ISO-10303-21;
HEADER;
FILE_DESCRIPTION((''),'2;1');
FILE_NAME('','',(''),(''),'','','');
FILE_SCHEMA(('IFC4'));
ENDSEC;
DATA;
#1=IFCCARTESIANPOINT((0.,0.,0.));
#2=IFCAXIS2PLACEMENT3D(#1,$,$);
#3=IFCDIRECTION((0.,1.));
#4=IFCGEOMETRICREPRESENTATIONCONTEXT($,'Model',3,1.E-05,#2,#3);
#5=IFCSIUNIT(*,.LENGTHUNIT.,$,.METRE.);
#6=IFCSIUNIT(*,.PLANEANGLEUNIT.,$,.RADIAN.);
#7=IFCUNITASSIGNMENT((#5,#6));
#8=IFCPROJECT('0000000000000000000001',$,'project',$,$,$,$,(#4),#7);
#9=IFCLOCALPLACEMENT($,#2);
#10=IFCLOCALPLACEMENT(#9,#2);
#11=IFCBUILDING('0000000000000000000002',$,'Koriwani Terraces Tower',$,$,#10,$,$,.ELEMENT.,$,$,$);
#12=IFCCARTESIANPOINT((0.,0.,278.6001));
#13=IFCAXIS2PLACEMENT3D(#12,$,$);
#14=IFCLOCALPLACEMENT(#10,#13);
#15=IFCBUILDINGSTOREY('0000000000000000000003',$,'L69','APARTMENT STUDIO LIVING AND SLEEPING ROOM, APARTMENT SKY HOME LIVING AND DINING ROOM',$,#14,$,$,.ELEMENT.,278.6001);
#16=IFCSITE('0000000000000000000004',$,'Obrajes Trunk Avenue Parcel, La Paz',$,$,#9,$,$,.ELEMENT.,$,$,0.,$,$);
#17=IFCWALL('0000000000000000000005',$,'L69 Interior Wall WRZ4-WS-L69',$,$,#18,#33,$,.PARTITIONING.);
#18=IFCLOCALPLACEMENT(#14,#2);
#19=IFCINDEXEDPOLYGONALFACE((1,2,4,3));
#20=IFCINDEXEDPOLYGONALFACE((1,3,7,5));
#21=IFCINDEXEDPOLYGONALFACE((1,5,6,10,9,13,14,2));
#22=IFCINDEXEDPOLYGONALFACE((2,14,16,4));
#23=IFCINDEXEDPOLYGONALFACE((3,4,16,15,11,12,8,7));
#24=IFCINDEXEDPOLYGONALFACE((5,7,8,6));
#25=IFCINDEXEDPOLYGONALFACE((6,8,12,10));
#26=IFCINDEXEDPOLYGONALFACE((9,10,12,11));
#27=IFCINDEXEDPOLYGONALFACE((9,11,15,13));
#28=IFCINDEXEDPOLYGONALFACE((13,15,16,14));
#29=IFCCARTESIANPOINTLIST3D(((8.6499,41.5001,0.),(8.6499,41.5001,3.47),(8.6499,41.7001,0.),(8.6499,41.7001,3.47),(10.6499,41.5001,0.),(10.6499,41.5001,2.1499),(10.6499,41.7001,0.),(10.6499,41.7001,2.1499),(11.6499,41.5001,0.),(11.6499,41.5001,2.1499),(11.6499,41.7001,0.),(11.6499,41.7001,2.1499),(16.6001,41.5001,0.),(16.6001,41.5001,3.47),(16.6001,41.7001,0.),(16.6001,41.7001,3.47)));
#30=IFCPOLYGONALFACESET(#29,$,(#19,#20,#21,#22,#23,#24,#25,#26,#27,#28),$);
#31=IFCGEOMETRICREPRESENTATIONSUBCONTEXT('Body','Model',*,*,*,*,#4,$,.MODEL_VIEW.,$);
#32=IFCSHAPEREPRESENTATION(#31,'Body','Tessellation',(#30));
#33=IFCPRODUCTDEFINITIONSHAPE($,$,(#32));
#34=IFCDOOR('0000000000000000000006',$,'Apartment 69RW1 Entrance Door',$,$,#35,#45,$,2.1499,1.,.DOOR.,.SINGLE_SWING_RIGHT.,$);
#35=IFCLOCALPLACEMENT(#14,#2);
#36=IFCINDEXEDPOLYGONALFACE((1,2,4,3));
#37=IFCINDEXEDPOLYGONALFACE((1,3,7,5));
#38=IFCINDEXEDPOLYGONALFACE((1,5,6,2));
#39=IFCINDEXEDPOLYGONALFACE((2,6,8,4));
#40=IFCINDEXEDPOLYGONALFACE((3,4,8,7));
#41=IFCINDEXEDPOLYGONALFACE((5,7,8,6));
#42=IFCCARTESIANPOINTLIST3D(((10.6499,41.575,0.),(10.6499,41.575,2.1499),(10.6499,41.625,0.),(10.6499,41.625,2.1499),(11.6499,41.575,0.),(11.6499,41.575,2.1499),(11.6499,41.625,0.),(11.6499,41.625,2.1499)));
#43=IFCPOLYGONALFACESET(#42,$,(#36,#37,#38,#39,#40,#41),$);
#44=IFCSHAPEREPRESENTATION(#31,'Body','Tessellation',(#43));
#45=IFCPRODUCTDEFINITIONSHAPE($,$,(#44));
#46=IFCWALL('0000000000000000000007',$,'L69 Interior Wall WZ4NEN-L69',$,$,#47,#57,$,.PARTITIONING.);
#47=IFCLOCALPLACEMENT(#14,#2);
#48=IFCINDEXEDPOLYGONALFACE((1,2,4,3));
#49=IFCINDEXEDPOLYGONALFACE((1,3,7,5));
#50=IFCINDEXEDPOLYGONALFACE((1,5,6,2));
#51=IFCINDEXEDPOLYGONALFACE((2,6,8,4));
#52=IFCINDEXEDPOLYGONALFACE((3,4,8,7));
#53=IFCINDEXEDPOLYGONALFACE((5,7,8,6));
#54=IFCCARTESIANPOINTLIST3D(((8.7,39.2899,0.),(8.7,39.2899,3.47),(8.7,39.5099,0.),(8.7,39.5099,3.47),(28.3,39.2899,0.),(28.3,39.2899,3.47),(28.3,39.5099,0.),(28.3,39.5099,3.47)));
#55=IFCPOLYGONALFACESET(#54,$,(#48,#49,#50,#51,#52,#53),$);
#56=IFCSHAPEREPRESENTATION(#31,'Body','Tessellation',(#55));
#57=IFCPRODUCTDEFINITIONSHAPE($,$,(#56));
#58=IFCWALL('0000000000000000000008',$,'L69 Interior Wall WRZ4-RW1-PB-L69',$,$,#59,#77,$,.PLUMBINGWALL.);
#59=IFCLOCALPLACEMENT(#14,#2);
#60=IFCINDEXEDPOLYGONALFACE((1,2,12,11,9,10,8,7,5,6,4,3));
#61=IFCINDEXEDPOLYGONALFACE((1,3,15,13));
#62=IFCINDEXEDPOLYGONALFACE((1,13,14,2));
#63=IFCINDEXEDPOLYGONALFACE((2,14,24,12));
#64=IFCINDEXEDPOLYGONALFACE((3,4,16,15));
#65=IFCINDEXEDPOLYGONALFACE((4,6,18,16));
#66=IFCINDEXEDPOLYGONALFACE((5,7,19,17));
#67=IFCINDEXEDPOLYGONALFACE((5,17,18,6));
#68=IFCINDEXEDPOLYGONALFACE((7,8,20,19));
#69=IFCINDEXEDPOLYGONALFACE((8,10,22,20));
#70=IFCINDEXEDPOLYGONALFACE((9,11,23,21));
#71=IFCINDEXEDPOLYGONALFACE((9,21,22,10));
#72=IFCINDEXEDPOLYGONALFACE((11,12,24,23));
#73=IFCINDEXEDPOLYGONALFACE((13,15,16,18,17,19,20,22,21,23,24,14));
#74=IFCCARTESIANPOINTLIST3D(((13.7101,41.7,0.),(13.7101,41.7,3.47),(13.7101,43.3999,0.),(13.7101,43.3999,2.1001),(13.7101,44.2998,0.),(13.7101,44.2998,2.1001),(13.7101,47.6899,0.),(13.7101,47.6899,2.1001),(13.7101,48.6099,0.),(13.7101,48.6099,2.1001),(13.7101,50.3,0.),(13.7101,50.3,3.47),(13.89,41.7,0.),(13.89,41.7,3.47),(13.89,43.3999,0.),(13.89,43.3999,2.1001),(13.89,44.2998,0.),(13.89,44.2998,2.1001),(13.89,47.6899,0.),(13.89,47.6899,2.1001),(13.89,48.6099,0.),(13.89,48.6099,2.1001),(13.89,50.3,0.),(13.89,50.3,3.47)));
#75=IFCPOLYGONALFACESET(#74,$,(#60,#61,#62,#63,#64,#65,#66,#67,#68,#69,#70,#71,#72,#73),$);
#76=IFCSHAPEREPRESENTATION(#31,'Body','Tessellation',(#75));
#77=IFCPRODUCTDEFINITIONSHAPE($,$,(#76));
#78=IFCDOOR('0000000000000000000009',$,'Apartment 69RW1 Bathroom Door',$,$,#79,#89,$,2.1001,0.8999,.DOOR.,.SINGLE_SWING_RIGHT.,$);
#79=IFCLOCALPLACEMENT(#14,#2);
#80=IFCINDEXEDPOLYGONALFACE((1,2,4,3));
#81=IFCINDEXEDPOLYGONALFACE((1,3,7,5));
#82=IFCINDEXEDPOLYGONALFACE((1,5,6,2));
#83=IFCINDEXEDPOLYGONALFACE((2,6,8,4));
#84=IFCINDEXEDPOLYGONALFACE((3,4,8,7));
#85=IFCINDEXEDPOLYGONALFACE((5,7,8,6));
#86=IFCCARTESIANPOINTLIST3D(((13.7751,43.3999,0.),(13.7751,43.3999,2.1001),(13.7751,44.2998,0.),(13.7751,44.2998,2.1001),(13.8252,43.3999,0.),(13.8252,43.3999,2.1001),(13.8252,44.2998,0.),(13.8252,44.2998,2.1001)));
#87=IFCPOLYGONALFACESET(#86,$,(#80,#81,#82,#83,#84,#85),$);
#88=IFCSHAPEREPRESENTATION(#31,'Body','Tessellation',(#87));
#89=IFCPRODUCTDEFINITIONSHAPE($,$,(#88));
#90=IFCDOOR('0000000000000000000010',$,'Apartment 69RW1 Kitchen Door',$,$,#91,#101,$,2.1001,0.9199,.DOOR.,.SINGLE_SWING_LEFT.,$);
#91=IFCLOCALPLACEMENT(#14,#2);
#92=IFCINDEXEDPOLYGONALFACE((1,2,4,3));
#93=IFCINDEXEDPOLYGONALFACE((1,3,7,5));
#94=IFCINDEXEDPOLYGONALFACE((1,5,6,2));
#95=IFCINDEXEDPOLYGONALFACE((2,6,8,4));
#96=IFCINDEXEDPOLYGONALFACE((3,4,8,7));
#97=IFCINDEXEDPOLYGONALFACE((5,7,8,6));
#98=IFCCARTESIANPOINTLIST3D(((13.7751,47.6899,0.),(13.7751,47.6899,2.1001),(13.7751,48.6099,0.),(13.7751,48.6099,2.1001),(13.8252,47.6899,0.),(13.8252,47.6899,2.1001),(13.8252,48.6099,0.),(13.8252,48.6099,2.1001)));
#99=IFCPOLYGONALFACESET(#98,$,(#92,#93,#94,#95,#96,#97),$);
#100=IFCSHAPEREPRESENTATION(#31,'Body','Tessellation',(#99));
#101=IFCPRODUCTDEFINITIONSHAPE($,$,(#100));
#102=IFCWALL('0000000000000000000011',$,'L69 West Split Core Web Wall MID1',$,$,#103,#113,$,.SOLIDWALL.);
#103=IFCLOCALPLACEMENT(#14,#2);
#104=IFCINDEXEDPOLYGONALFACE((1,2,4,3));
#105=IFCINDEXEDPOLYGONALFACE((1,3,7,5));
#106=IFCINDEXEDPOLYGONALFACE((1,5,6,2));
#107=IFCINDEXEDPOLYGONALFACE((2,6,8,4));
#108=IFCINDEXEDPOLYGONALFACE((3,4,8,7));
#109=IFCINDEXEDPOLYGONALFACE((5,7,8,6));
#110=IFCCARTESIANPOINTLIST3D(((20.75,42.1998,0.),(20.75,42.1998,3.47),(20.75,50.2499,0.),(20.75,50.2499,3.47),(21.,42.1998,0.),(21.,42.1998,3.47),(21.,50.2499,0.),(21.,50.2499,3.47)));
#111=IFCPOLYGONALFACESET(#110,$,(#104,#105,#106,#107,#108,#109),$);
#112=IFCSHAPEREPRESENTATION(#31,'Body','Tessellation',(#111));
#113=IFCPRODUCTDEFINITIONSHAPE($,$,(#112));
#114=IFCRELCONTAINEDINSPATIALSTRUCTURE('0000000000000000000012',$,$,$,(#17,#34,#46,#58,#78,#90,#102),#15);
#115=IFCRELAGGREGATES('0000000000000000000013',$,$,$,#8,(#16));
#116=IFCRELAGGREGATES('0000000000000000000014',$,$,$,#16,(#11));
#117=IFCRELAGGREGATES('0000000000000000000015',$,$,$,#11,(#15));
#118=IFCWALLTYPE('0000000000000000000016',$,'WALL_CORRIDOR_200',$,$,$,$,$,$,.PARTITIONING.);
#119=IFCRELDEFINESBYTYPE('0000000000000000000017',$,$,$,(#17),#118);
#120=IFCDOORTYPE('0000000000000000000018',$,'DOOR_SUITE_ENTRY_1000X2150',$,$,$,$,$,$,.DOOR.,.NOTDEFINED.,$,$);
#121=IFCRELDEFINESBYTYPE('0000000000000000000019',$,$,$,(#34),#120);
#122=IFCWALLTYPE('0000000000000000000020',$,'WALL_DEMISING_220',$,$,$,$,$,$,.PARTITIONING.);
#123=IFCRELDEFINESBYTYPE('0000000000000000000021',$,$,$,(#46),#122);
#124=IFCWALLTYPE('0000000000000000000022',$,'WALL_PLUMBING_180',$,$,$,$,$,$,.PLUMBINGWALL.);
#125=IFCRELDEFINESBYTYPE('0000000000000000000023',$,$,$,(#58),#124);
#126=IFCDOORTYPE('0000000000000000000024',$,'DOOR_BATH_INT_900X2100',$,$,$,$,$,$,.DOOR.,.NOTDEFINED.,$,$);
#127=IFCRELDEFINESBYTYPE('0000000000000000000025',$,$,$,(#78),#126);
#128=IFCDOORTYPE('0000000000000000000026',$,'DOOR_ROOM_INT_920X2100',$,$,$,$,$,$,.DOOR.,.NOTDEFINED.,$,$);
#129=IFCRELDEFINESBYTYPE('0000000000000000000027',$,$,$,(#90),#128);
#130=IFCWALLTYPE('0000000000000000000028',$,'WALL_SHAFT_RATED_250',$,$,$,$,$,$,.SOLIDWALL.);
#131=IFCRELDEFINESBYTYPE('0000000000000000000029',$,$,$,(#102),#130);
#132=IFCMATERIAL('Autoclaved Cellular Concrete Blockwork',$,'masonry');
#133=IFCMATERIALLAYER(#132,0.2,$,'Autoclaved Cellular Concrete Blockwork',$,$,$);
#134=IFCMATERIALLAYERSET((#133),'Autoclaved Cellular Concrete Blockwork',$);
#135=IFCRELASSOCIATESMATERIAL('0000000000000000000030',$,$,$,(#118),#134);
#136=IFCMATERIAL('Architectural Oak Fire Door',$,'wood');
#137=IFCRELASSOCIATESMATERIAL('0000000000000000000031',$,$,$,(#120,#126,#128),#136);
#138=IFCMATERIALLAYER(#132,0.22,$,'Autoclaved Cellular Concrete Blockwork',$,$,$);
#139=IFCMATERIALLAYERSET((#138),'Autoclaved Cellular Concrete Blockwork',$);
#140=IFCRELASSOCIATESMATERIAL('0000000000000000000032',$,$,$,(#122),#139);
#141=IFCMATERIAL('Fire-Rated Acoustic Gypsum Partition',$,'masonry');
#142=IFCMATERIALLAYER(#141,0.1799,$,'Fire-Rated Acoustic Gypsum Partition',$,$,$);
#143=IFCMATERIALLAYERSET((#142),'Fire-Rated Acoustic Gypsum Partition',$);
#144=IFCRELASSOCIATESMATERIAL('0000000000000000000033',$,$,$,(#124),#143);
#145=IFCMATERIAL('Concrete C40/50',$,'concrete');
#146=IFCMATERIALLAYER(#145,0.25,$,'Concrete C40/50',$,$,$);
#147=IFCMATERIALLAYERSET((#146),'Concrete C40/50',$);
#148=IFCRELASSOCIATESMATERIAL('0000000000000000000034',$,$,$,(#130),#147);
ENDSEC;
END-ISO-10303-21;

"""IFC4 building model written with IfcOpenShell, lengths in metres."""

from ifc_helpers import new_model, si_unit, direction, frame, frame_2d, origin, place, context, subcontext, project, spatial, rectangle, extrude, material, layer, layer_set, type_object, element, fill, save


model = new_model("IFC4")

# Units and contexts
model_context = context("Model", 3, precision=1e-05, world=origin(), true_north=direction((0.0, 1.0)))
body_context = subcontext(model_context, "Body", "Model", "MODEL_VIEW")
ifc_project = project(units=[si_unit("LENGTHUNIT", "METRE"), si_unit("PLANEANGLEUNIT", "RADIAN")], contexts=[model_context])

# Site, building, storey
site_placement = place(None, origin())
site = spatial("IfcSite", under=ifc_project, at=site_placement, Name="Obrajes Trunk Avenue Parcel, La Paz", CompositionType="ELEMENT", RefElevation=0.0)
building_placement = place(site_placement, origin())
building = spatial("IfcBuilding", under=site, at=building_placement, Name="Koriwani Terraces Tower", CompositionType="ELEMENT")
storey_placement = place(building_placement, frame((0.0, 0.0, 278.6001)))
storey = spatial("IfcBuildingStorey", under=building, at=storey_placement, Name="L69", Description="APARTMENT STUDIO LIVING AND SLEEPING ROOM, APARTMENT SKY HOME LIVING AND DINING ROOM", CompositionType="ELEMENT", Elevation=278.6001)

# Shared definitions
ifc_material_1 = material(Name="Concrete C40/50", Category="concrete")

# Wall, opening, door
ifc_material_2 = material(Name="Autoclaved Cellular Concrete Blockwork", Category="masonry")
ifc_layer_1 = layer(ifc_material_2, 0.2, Name="Autoclaved Cellular Concrete Blockwork")
ifc_layer_set_1 = layer_set([ifc_layer_1], Name="Autoclaved Cellular Concrete Blockwork")
wall_type_1 = type_object("IfcWallType", Name="WALL_CORRIDOR_200", PredefinedType="PARTITIONING", material=ifc_layer_set_1)
wall_1_placement = place(storey_placement, frame((8.6499, 41.6001, 0.0), z_axis=(0.0, 0.0, 1.0), x_axis=(1.0, 0.0, 0.0)))
wall_1 = element("IfcWall", 1, at=wall_1_placement, inside=storey, type_object=wall_type_1, Name="L69 Interior Wall WRZ4-WS-L69", PredefinedType="PARTITIONING", context=body_context, shape_type="SweptSolid", body=[
    extrude(rectangle(XDim=7.9502, YDim=0.2, at=frame_2d((3.9751, 0.0))), origin(), (0.0, 0.0, 1.0), 3.47),
])
opening_1_placement = place(wall_1_placement, frame((2.0, 0.0, 0.0)))
opening_1 = element("IfcOpeningElement", 2, at=opening_1_placement, cuts=wall_1, PredefinedType="OPENING", context=body_context, shape_type="SweptSolid", body=[
    extrude(rectangle(XDim=1.0, YDim=2.1499, at=frame_2d((0.5, 1.075))), frame((0.0, 0.1099, 0.0), z_axis=(0.0, -1.0, 0.0), x_axis=(1.0, 0.0, 0.0)), (0.0, 0.0, 1.0), 0.22),
])
ifc_material_3 = material(Name="Architectural Oak Fire Door", Category="wood")
door_type_1 = type_object("IfcDoorType", Name="DOOR_SUITE_ENTRY_1000X2150", OperationType="NOTDEFINED", PredefinedType="DOOR", material=ifc_material_3)
door_1_placement = place(opening_1_placement, origin())
door_1 = element("IfcDoor", 3, at=door_1_placement, inside=storey, type_object=door_type_1, Name="Apartment 69RW1 Entrance Door", OperationType="SINGLE_SWING_RIGHT", OverallHeight=2.1499, OverallWidth=1.0, PredefinedType="DOOR", context=body_context, shape_type="SweptSolid", body=[
    extrude(rectangle(XDim=1.0, YDim=2.1499, at=frame_2d((0.5, 1.075))), frame((0.0, 0.0249, 0.0), z_axis=(0.0, -1.0, 0.0), x_axis=(1.0, 0.0, 0.0)), (0.0, 0.0, 1.0), 0.05),
])
fill(opening_1, door_1)

# Wall
ifc_layer_2 = layer(ifc_material_2, 0.22, Name="Autoclaved Cellular Concrete Blockwork")
ifc_layer_set_2 = layer_set([ifc_layer_2], Name="Autoclaved Cellular Concrete Blockwork")
wall_type_2 = type_object("IfcWallType", Name="WALL_DEMISING_220", PredefinedType="PARTITIONING", material=ifc_layer_set_2)
wall_2_placement = place(storey_placement, frame((8.7, 39.3999, 0.0), z_axis=(0.0, 0.0, 1.0), x_axis=(1.0, 0.0, 0.0)))
element("IfcWall", 4, at=wall_2_placement, inside=storey, type_object=wall_type_2, Name="L69 Interior Wall WZ4NEN-L69", PredefinedType="PARTITIONING", context=body_context, shape_type="SweptSolid", body=[
    extrude(rectangle(XDim=19.6001, YDim=0.22, at=frame_2d((9.8, 0.0))), origin(), (0.0, 0.0, 1.0), 3.47),
])

# Wall, openings, doors
ifc_material_4 = material(Name="Fire-Rated Acoustic Gypsum Partition", Category="masonry")
ifc_layer_3 = layer(ifc_material_4, 0.1799, Name="Fire-Rated Acoustic Gypsum Partition")
ifc_layer_set_3 = layer_set([ifc_layer_3], Name="Fire-Rated Acoustic Gypsum Partition")
wall_type_3 = type_object("IfcWallType", Name="WALL_PLUMBING_180", PredefinedType="PLUMBINGWALL", material=ifc_layer_set_3)
wall_3_placement = place(storey_placement, frame((13.8, 41.7, 0.0), z_axis=(0.0, 0.0, 1.0), x_axis=(0.0, 1.0, 0.0)))
wall_3 = element("IfcWall", 5, at=wall_3_placement, inside=storey, type_object=wall_type_3, Name="L69 Interior Wall WRZ4-RW1-PB-L69", PredefinedType="PLUMBINGWALL", context=body_context, shape_type="SweptSolid", body=[
    extrude(rectangle(XDim=8.6001, YDim=0.1799, at=frame_2d((4.3, 0.0))), origin(), (0.0, 0.0, 1.0), 3.47),
])
opening_2_placement = place(wall_3_placement, frame((1.7, 0.0, 0.0)))
opening_2 = element("IfcOpeningElement", 6, at=opening_2_placement, cuts=wall_3, PredefinedType="OPENING", context=body_context, shape_type="SweptSolid", body=[
    extrude(rectangle(XDim=0.8999, YDim=2.1001, at=frame_2d((0.45, 1.05))), frame((0.0, 0.1001, 0.0), z_axis=(0.0, -1.0, 0.0), x_axis=(1.0, 0.0, 0.0)), (0.0, 0.0, 1.0), 0.2),
])
opening_3_placement = place(wall_3_placement, frame((5.99, 0.0, 0.0)))
opening_3 = element("IfcOpeningElement", 7, at=opening_3_placement, cuts=wall_3, PredefinedType="OPENING", context=body_context, shape_type="SweptSolid", body=[
    extrude(rectangle(XDim=0.9199, YDim=2.1001, at=frame_2d((0.46, 1.05))), frame((0.0, 0.1001, 0.0), z_axis=(0.0, -1.0, 0.0), x_axis=(1.0, 0.0, 0.0)), (0.0, 0.0, 1.0), 0.2),
])
door_type_2 = type_object("IfcDoorType", Name="DOOR_BATH_INT_900X2100", OperationType="NOTDEFINED", PredefinedType="DOOR", material=ifc_material_3)
door_2_placement = place(opening_2_placement, origin())
door_2 = element("IfcDoor", 8, at=door_2_placement, inside=storey, type_object=door_type_2, Name="Apartment 69RW1 Bathroom Door", OperationType="SINGLE_SWING_RIGHT", OverallHeight=2.1001, OverallWidth=0.8999, PredefinedType="DOOR", context=body_context, shape_type="SweptSolid", body=[
    extrude(rectangle(XDim=0.8999, YDim=2.1001, at=frame_2d((0.45, 1.05))), frame((0.0, 0.0249, 0.0), z_axis=(0.0, -1.0, 0.0), x_axis=(1.0, 0.0, 0.0)), (0.0, 0.0, 1.0), 0.05),
])
fill(opening_2, door_2)
door_type_3 = type_object("IfcDoorType", Name="DOOR_ROOM_INT_920X2100", OperationType="NOTDEFINED", PredefinedType="DOOR", material=ifc_material_3)
door_3_placement = place(opening_3_placement, origin())
door_3 = element("IfcDoor", 9, at=door_3_placement, inside=storey, type_object=door_type_3, Name="Apartment 69RW1 Kitchen Door", OperationType="SINGLE_SWING_LEFT", OverallHeight=2.1001, OverallWidth=0.9199, PredefinedType="DOOR", context=body_context, shape_type="SweptSolid", body=[
    extrude(rectangle(XDim=0.9199, YDim=2.1001, at=frame_2d((0.46, 1.05))), frame((0.0, 0.0249, 0.0), z_axis=(0.0, -1.0, 0.0), x_axis=(1.0, 0.0, 0.0)), (0.0, 0.0, 1.0), 0.05),
])
fill(opening_3, door_3)

# Wall
ifc_layer_4 = layer(ifc_material_1, 0.25, Name="Concrete C40/50")
ifc_layer_set_4 = layer_set([ifc_layer_4], Name="Concrete C40/50")
wall_type_4 = type_object("IfcWallType", Name="WALL_SHAFT_RATED_250", PredefinedType="SOLIDWALL", material=ifc_layer_set_4)
wall_4_placement = place(storey_placement, frame((20.875, 42.2, 0.0), z_axis=(0.0, 0.0, 1.0), x_axis=(0.0, 1.0, 0.0)))
element("IfcWall", 10, at=wall_4_placement, inside=storey, type_object=wall_type_4, Name="L69 West Split Core Web Wall MID1", PredefinedType="SOLIDWALL", context=body_context, shape_type="SweptSolid", body=[
    extrude(rectangle(XDim=8.05, YDim=0.25, at=frame_2d((4.0249, 0.0))), origin(), (0.0, 0.0, 1.0), 3.47),
])

save(model, "model.ifc")
